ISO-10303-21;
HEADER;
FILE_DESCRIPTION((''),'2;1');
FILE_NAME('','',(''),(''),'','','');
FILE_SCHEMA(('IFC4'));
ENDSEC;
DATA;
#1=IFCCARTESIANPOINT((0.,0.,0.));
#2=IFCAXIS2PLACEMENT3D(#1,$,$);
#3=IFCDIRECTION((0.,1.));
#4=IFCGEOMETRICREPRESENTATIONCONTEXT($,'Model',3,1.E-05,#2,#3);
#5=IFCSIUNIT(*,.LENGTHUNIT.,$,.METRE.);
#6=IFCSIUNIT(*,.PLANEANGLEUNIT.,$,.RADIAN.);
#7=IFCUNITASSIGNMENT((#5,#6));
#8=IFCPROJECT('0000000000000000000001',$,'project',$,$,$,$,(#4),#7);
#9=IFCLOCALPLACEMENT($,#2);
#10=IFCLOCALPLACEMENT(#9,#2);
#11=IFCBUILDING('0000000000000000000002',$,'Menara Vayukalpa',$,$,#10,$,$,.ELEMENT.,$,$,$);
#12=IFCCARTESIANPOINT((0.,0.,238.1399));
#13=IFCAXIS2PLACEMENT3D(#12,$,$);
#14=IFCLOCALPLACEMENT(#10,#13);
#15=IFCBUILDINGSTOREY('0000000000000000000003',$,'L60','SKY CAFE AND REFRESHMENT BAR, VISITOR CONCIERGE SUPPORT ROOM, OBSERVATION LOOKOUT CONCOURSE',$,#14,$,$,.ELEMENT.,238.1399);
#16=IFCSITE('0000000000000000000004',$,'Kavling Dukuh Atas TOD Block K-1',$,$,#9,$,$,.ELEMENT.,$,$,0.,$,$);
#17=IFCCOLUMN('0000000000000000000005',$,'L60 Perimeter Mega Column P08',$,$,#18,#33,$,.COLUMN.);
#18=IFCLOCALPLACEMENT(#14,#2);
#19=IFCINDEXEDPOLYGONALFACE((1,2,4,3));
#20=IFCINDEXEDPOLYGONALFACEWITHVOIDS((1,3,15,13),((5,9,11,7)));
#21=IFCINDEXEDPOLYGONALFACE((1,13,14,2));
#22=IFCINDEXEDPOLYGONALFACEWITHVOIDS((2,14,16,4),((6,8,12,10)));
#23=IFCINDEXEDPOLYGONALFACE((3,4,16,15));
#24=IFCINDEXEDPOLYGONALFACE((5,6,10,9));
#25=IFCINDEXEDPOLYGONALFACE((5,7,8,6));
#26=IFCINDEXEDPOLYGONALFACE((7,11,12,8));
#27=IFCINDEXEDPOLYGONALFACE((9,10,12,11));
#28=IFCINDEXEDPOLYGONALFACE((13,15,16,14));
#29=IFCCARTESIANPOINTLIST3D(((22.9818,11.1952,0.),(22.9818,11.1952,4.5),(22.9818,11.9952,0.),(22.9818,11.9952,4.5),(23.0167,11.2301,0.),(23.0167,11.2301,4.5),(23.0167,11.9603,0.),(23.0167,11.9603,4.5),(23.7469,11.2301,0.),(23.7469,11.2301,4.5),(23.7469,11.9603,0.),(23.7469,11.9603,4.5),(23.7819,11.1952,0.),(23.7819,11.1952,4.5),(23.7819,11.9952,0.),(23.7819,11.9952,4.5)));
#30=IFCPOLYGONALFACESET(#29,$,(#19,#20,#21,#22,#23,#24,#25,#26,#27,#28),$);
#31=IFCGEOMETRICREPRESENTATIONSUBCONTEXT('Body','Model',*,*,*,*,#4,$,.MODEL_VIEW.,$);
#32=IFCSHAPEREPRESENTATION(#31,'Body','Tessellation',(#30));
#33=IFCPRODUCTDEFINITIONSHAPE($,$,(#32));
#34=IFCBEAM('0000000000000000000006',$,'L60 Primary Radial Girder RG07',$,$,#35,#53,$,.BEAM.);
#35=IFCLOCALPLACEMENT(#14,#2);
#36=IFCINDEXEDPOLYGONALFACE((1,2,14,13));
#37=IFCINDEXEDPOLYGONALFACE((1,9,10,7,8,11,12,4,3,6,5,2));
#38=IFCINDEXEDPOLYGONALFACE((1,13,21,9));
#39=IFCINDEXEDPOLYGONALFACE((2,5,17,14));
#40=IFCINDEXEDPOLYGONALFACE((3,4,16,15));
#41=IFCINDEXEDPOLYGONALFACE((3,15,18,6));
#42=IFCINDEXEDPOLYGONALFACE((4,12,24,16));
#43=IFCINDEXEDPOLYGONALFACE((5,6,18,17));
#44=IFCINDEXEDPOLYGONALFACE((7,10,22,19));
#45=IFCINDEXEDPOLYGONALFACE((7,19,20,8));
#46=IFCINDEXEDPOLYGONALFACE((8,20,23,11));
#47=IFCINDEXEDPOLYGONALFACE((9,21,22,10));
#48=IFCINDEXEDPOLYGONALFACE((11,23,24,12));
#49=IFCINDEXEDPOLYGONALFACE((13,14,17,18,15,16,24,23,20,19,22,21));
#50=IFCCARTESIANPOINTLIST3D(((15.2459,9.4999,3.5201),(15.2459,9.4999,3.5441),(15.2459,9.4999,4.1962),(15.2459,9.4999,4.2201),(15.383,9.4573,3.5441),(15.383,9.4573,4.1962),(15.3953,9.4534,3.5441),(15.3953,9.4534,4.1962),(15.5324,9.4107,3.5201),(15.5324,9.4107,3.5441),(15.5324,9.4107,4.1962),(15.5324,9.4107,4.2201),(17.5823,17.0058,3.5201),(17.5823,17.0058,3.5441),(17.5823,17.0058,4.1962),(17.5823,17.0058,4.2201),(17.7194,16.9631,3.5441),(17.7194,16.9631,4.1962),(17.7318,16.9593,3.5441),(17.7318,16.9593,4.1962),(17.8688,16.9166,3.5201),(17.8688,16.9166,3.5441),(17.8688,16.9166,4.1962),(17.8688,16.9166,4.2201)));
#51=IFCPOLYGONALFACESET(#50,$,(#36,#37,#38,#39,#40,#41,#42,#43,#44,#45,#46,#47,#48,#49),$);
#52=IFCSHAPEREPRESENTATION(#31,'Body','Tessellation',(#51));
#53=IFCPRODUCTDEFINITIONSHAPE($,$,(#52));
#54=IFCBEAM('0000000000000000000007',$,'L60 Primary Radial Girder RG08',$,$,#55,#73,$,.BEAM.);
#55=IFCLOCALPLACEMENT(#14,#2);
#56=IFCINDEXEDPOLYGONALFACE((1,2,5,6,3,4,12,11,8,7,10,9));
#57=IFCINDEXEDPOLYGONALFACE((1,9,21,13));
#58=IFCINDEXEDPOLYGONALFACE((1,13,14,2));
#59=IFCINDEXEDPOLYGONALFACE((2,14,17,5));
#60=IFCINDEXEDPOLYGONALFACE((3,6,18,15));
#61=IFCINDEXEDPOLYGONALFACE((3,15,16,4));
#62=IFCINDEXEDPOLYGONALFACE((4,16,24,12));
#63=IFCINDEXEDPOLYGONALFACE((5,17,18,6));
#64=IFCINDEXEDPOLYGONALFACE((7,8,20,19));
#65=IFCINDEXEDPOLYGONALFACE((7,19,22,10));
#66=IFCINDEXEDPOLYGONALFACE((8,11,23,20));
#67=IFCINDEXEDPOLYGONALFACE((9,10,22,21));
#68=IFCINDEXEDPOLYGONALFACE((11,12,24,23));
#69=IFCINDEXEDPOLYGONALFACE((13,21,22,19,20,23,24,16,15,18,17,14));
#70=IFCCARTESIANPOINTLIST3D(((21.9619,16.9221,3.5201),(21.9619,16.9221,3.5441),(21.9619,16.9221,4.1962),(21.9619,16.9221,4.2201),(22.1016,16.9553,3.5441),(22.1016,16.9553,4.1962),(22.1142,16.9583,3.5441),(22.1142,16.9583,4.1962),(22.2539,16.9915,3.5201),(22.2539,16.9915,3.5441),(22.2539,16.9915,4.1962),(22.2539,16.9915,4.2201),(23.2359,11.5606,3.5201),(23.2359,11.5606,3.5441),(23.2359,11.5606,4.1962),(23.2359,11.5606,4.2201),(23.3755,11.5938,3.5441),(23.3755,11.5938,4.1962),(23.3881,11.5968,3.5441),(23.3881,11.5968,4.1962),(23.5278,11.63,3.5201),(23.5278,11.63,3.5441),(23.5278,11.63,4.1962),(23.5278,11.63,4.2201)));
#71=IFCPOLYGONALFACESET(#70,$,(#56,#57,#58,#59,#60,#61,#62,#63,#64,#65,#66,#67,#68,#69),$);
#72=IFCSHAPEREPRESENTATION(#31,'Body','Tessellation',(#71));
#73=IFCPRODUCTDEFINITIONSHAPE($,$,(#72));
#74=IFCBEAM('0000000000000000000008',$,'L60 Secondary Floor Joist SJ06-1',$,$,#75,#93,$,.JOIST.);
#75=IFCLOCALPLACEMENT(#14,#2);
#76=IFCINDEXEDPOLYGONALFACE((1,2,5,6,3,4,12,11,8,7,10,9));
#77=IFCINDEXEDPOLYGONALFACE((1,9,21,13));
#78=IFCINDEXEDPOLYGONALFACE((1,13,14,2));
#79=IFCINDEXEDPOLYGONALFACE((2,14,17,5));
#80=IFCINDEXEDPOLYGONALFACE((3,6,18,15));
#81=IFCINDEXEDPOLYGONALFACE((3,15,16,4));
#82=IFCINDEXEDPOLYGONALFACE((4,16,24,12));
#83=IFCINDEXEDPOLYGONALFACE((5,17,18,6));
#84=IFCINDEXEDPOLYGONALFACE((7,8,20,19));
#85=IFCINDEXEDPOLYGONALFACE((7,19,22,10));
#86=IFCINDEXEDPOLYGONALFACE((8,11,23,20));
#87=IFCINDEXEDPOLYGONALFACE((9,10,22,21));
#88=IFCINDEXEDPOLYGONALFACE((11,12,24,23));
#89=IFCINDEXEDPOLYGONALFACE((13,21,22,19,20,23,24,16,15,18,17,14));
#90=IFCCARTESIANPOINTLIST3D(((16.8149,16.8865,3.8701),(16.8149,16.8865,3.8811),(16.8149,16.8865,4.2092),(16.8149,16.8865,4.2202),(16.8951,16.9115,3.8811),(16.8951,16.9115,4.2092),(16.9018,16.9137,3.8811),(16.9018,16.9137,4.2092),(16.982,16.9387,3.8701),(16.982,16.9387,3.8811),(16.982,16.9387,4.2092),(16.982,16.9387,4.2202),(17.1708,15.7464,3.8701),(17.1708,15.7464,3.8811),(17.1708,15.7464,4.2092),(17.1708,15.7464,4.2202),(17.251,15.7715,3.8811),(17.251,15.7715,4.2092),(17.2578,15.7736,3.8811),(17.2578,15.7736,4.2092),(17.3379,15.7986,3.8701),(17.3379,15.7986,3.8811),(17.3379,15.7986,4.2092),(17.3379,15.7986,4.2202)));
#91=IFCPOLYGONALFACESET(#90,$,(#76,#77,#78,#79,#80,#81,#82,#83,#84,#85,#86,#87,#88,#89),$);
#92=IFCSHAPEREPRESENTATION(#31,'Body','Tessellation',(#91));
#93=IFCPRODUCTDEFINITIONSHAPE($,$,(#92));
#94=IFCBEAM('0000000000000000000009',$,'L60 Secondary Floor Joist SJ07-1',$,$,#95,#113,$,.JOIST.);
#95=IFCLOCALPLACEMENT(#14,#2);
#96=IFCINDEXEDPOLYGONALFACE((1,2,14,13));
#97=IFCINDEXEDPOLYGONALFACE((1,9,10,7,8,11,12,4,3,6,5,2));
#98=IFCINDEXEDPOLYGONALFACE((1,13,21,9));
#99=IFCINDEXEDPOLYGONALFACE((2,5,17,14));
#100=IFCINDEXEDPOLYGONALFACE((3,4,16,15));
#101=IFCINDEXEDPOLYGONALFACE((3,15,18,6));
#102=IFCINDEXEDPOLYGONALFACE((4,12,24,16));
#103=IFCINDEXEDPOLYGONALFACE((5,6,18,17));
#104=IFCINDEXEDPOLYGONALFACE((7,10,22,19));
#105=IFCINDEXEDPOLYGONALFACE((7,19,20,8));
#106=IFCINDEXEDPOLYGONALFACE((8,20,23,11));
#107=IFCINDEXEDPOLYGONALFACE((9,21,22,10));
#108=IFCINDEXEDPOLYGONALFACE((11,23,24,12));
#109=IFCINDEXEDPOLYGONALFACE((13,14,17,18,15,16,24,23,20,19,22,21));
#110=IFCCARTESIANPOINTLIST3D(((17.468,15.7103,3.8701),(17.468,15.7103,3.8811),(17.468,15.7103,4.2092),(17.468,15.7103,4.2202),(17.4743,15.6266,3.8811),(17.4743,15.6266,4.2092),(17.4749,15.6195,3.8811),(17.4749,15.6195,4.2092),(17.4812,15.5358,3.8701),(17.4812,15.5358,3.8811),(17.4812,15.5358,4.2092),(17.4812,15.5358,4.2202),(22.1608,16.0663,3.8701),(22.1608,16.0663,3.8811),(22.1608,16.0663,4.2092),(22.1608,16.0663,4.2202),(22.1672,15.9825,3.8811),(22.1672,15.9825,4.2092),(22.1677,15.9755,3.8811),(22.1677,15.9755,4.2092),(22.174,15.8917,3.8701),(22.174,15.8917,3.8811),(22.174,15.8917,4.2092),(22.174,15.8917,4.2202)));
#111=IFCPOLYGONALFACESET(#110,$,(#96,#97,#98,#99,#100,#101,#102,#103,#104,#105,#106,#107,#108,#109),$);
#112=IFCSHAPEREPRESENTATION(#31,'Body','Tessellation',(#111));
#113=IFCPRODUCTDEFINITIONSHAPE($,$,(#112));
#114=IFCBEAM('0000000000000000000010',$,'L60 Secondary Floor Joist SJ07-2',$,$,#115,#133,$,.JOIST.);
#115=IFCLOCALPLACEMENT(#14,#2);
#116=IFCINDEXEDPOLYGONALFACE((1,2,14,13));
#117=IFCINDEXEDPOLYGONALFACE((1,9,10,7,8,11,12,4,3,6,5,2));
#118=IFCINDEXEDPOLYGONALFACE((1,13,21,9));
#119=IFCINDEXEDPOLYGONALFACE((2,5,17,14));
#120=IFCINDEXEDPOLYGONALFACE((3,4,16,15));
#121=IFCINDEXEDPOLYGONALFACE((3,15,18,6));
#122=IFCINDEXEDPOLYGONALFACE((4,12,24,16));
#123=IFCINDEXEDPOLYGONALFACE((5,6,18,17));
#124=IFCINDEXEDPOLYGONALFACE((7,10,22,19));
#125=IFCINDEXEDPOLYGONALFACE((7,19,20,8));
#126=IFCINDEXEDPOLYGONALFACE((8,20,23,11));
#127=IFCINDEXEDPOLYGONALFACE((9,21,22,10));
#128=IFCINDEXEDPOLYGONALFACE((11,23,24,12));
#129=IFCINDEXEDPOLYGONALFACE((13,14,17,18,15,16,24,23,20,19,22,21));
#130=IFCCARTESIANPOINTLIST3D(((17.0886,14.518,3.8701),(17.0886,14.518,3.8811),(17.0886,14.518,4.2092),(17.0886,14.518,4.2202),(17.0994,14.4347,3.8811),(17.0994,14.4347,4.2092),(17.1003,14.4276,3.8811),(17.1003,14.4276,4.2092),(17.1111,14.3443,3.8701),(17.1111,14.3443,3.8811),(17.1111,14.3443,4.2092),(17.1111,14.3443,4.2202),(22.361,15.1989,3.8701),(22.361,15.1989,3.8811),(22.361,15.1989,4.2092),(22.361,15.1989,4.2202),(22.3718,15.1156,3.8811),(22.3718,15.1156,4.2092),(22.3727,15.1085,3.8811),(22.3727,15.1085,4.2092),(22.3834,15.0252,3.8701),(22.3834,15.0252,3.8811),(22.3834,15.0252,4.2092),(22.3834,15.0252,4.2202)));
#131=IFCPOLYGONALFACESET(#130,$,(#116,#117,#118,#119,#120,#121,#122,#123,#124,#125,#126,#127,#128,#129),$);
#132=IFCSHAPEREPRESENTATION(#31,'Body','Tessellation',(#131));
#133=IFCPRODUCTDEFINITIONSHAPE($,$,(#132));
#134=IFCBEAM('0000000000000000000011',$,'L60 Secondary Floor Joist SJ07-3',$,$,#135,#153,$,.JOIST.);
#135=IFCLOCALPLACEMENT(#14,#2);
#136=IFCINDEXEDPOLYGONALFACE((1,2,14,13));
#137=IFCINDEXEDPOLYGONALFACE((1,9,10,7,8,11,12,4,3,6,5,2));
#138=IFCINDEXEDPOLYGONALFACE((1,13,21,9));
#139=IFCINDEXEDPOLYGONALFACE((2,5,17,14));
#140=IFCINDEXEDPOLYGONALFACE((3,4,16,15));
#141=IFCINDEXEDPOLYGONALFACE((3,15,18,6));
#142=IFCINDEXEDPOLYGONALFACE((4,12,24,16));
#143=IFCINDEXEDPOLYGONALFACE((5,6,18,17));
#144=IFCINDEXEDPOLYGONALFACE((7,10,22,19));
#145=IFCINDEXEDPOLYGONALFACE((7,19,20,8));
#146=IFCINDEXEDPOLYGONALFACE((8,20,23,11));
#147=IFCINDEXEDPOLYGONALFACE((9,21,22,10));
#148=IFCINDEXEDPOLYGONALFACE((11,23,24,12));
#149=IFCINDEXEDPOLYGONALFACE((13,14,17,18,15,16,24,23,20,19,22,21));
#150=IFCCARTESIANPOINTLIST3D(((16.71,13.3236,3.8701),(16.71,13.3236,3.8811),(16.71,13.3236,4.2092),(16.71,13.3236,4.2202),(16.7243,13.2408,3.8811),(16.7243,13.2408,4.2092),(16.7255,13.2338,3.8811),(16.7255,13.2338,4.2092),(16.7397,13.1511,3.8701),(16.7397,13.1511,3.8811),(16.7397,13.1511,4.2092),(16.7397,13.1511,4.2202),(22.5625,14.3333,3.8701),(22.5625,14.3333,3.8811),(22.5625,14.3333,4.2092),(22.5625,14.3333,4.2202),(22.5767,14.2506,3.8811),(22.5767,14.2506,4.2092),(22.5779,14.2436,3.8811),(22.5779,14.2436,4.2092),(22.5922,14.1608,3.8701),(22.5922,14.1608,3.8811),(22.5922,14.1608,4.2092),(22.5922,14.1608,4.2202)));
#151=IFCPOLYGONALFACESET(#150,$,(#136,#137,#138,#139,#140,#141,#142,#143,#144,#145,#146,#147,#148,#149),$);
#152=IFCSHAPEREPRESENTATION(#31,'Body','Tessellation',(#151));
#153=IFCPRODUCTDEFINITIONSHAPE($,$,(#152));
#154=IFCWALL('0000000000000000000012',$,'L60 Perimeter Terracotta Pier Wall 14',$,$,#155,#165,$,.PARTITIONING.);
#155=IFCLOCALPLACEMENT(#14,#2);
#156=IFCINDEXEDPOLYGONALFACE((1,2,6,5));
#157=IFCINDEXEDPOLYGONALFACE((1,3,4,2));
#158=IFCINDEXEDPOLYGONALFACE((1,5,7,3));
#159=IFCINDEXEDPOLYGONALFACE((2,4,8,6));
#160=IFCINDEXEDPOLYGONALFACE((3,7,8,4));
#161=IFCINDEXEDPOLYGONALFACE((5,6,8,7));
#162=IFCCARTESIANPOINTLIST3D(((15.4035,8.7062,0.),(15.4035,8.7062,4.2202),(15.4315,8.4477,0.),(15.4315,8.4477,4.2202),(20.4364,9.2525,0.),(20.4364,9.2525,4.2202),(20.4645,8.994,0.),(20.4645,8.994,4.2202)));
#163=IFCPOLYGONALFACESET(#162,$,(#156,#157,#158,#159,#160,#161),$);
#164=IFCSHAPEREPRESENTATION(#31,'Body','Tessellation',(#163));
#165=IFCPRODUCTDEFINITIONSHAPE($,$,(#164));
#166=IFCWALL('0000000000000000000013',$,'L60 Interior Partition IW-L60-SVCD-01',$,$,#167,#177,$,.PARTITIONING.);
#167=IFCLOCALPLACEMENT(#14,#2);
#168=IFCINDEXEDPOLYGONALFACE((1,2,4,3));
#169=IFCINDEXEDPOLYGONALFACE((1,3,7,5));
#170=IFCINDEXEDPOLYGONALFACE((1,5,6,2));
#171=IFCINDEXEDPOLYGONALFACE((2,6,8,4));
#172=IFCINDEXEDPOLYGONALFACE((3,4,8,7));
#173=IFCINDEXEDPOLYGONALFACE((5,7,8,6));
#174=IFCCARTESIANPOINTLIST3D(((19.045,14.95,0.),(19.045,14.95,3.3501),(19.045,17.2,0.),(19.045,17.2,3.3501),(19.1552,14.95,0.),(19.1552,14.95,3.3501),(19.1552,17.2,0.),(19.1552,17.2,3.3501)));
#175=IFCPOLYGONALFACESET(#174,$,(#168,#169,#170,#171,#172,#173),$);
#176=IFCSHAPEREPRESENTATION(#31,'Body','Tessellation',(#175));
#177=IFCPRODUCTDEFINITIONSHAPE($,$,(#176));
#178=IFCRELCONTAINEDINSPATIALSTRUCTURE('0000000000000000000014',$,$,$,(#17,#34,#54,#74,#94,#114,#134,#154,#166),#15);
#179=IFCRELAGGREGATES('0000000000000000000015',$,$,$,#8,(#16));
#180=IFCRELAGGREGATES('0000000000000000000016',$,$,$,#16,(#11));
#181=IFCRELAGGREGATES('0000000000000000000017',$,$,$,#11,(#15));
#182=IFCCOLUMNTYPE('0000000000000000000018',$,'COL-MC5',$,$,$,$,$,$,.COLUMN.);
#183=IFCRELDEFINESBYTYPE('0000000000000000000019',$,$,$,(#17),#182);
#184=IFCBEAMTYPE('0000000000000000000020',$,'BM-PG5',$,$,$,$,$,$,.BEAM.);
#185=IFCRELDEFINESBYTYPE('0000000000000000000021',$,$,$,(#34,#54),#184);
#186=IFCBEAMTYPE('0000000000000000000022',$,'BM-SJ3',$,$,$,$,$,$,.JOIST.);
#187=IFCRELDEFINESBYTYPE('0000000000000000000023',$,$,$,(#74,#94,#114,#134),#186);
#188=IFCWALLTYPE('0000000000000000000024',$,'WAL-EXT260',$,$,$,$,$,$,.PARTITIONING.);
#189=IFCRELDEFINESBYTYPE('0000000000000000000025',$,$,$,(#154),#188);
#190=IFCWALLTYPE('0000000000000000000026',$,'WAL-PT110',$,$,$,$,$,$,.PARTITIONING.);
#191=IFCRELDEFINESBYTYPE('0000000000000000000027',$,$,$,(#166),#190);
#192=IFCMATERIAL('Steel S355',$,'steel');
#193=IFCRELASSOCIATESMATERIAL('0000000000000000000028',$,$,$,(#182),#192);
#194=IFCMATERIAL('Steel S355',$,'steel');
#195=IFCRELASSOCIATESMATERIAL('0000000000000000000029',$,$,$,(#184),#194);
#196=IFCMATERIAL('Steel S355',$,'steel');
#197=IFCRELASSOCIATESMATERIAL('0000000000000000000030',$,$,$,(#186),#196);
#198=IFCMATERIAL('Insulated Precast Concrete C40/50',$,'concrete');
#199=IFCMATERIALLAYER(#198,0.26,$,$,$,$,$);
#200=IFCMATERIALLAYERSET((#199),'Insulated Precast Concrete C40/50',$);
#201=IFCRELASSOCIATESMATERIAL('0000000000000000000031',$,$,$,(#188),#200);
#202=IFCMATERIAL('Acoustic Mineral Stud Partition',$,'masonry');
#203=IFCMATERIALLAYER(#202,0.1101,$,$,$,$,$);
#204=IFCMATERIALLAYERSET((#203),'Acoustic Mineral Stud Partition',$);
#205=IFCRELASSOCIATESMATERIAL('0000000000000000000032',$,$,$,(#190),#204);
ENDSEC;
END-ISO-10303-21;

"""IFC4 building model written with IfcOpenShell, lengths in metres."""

from ifc_helpers import new_model, si_unit, direction, frame, frame_2d, origin, origin_2d, place, context, subcontext, project, spatial, rectangle, hollow_rectangle, i_section, extrude, material, layer, layer_set, material_profile, profile_set, type_object, element, save


model = new_model("IFC4")

# Units and contexts
model_context = context("Model", 3, precision=1e-05, world=origin(), true_north=direction((0.0, 1.0)))
body_context = subcontext(model_context, "Body", "Model", "MODEL_VIEW")
ifc_project = project(units=[si_unit("LENGTHUNIT", "METRE"), si_unit("PLANEANGLEUNIT", "RADIAN")], contexts=[model_context])

# Site, building, storey
site_placement = place(None, origin())
site = spatial("IfcSite", under=ifc_project, at=site_placement, Name="Kavling Dukuh Atas TOD Block K-1", CompositionType="ELEMENT", RefElevation=0.0)
building_placement = place(site_placement, origin())
building = spatial("IfcBuilding", under=site, at=building_placement, Name="Menara Vayukalpa", CompositionType="ELEMENT")
storey_placement = place(building_placement, frame((0.0, 0.0, 238.1399)))
storey = spatial("IfcBuildingStorey", under=building, at=storey_placement, Name="L60", Description="SKY CAFE AND REFRESHMENT BAR, VISITOR CONCIERGE SUPPORT ROOM, OBSERVATION LOOKOUT CONCOURSE", CompositionType="ELEMENT", Elevation=238.1399)

# Column
ifc_material_1 = material(Name="Steel S355", Category="steel")
ifc_material_profile_1 = material_profile(ifc_material_1, hollow_rectangle(XDim=0.8, YDim=0.8, WallThickness=0.0349, at=origin_2d()), Name="BOX 800x800x35")
ifc_profile_set_1 = profile_set([ifc_material_profile_1], Name="Steel S355")
column_type = type_object("IfcColumnType", Name="COL-MC5", PredefinedType="COLUMN", material=ifc_profile_set_1)
column_placement = place(storey_placement, frame((23.3818, 11.5952, 0.0), z_axis=(0.0, 0.0, 1.0), x_axis=(1.0, 0.0, 0.0)))
element("IfcColumn", 1, at=column_placement, inside=storey, type_object=column_type, Name="L60 Perimeter Mega Column P08", PredefinedType="COLUMN", context=body_context, shape_type="SweptSolid", body=[
    extrude(hollow_rectangle(XDim=0.8, YDim=0.8, WallThickness=0.0349, at=origin_2d()), origin(), (0.0, 0.0, 1.0), 4.5),
])

# Beams
ifc_material_2 = material(Name="Steel S355", Category="steel")
ifc_material_profile_2 = material_profile(ifc_material_2, i_section(OverallWidth=0.3, OverallDepth=0.7, WebThickness=0.0129, FlangeThickness=0.0239, at=origin_2d()), Name="WF 700x300x13x24")
ifc_profile_set_2 = profile_set([ifc_material_profile_2], Name="Steel S355")
beam_type_1 = type_object("IfcBeamType", Name="BM-PG5", PredefinedType="BEAM", material=ifc_profile_set_2)
beam_1_placement = place(storey_placement, frame((17.7256, 16.9612, 3.8701), z_axis=(-0.297214, -0.954811, 0.0), x_axis=(0.954811, -0.297214, 0.0)))
element("IfcBeam", 2, at=beam_1_placement, inside=storey, type_object=beam_type_1, Name="L60 Primary Radial Girder RG07", PredefinedType="BEAM", context=body_context, shape_type="SweptSolid", body=[
    extrude(i_section(OverallWidth=0.3, OverallDepth=0.7, WebThickness=0.0129, FlangeThickness=0.0239, at=origin_2d()), origin(), (0.0, 0.0, 1.0), 7.8611),
])
beam_2_placement = place(storey_placement, frame((22.1079, 16.9568, 3.8701), z_axis=(0.231167, -0.972914, 0.0), x_axis=(0.972914, 0.231167, 0.0)))
element("IfcBeam", 3, at=beam_2_placement, inside=storey, type_object=beam_type_1, Name="L60 Primary Radial Girder RG08", PredefinedType="BEAM", context=body_context, shape_type="SweptSolid", body=[
    extrude(i_section(OverallWidth=0.3, OverallDepth=0.7, WebThickness=0.0129, FlangeThickness=0.0239, at=origin_2d()), origin(), (0.0, 0.0, 1.0), 5.5107),
])
ifc_material_3 = material(Name="Steel S355", Category="steel")
ifc_material_profile_3 = material_profile(ifc_material_3, i_section(OverallWidth=0.175, OverallDepth=0.3501, WebThickness=0.0071, FlangeThickness=0.011, at=origin_2d()), Name="WF 350x175x7x11")
ifc_profile_set_3 = profile_set([ifc_material_profile_3], Name="Steel S355")
beam_type_2 = type_object("IfcBeamType", Name="BM-SJ3", PredefinedType="JOIST", material=ifc_profile_set_3)
beam_3_placement = place(storey_placement, frame((16.8984, 16.9126, 4.0452), z_axis=(0.298019, -0.95456, 0.0), x_axis=(0.95456, 0.298019, 0.0)))
element("IfcBeam", 4, at=beam_3_placement, inside=storey, type_object=beam_type_2, Name="L60 Secondary Floor Joist SJ06-1", PredefinedType="JOIST", context=body_context, shape_type="SweptSolid", body=[
    extrude(i_section(OverallWidth=0.175, OverallDepth=0.3501, WebThickness=0.0071, FlangeThickness=0.011, at=origin_2d()), origin(), (0.0, 0.0, 1.0), 1.1943),
])
beam_4_placement = place(storey_placement, frame((17.4746, 15.623, 4.0452), z_axis=(0.997136, 0.075633, 0.0), x_axis=(-0.075633, 0.997136, 0.0)))
element("IfcBeam", 5, at=beam_4_placement, inside=storey, type_object=beam_type_2, Name="L60 Secondary Floor Joist SJ07-1", PredefinedType="JOIST", context=body_context, shape_type="SweptSolid", body=[
    extrude(i_section(OverallWidth=0.175, OverallDepth=0.3501, WebThickness=0.0071, FlangeThickness=0.011, at=origin_2d()), origin(), (0.0, 0.0, 1.0), 4.7063),
])
beam_5_placement = place(storey_placement, frame((17.0999, 14.4312, 4.0452), z_axis=(0.991764, 0.128081, 0.0), x_axis=(-0.128081, 0.991764, 0.0)))
element("IfcBeam", 6, at=beam_5_placement, inside=storey, type_object=beam_type_2, Name="L60 Secondary Floor Joist SJ07-2", PredefinedType="JOIST", context=body_context, shape_type="SweptSolid", body=[
    extrude(i_section(OverallWidth=0.175, OverallDepth=0.3501, WebThickness=0.0071, FlangeThickness=0.011, at=origin_2d()), origin(), (0.0, 0.0, 1.0), 5.3162),
])
beam_6_placement = place(storey_placement, frame((16.7249, 13.2373, 4.0452), z_axis=(0.98544, 0.170023, 0.0), x_axis=(-0.170023, 0.98544, 0.0)))
element("IfcBeam", 7, at=beam_6_placement, inside=storey, type_object=beam_type_2, Name="L60 Secondary Floor Joist SJ07-3", PredefinedType="JOIST", context=body_context, shape_type="SweptSolid", body=[
    extrude(i_section(OverallWidth=0.175, OverallDepth=0.3501, WebThickness=0.0071, FlangeThickness=0.011, at=origin_2d()), origin(), (0.0, 0.0, 1.0), 5.939),
])

# Walls
ifc_material_4 = material(Name="Insulated Precast Concrete C40/50", Category="concrete")
ifc_layer_1 = layer(ifc_material_4, 0.26)
ifc_layer_set_1 = layer_set([ifc_layer_1], Name="Insulated Precast Concrete C40/50")
wall_type_1 = type_object("IfcWallType", Name="WAL-EXT260", PredefinedType="PARTITIONING", material=ifc_layer_set_1)
wall_1_placement = place(storey_placement, frame((20.4504, 9.1233, 0.0), z_axis=(0.0, 0.0, 1.0), x_axis=(-0.994159, -0.107928, 0.0)))
element("IfcWall", 8, at=wall_1_placement, inside=storey, type_object=wall_type_1, Name="L60 Perimeter Terracotta Pier Wall 14", PredefinedType="PARTITIONING", context=body_context, shape_type="SweptSolid", body=[
    extrude(rectangle(XDim=5.0625, YDim=0.26, at=frame_2d((2.5312, 0.0))), origin(), (0.0, 0.0, 1.0), 4.2202),
])
ifc_material_5 = material(Name="Acoustic Mineral Stud Partition", Category="masonry")
ifc_layer_2 = layer(ifc_material_5, 0.1101)
ifc_layer_set_2 = layer_set([ifc_layer_2], Name="Acoustic Mineral Stud Partition")
wall_type_2 = type_object("IfcWallType", Name="WAL-PT110", PredefinedType="PARTITIONING", material=ifc_layer_set_2)
wall_2_placement = place(storey_placement, frame((19.1001, 14.95, 0.0), z_axis=(0.0, 0.0, 1.0), x_axis=(0.0, 1.0, 0.0)))
element("IfcWall", 9, at=wall_2_placement, inside=storey, type_object=wall_type_2, Name="L60 Interior Partition IW-L60-SVCD-01", PredefinedType="PARTITIONING", context=body_context, shape_type="SweptSolid", body=[
    extrude(rectangle(XDim=2.25, YDim=0.1101, at=frame_2d((1.125, 0.0))), origin(), (0.0, 0.0, 1.0), 3.3501),
])

save(model, "model.ifc")
